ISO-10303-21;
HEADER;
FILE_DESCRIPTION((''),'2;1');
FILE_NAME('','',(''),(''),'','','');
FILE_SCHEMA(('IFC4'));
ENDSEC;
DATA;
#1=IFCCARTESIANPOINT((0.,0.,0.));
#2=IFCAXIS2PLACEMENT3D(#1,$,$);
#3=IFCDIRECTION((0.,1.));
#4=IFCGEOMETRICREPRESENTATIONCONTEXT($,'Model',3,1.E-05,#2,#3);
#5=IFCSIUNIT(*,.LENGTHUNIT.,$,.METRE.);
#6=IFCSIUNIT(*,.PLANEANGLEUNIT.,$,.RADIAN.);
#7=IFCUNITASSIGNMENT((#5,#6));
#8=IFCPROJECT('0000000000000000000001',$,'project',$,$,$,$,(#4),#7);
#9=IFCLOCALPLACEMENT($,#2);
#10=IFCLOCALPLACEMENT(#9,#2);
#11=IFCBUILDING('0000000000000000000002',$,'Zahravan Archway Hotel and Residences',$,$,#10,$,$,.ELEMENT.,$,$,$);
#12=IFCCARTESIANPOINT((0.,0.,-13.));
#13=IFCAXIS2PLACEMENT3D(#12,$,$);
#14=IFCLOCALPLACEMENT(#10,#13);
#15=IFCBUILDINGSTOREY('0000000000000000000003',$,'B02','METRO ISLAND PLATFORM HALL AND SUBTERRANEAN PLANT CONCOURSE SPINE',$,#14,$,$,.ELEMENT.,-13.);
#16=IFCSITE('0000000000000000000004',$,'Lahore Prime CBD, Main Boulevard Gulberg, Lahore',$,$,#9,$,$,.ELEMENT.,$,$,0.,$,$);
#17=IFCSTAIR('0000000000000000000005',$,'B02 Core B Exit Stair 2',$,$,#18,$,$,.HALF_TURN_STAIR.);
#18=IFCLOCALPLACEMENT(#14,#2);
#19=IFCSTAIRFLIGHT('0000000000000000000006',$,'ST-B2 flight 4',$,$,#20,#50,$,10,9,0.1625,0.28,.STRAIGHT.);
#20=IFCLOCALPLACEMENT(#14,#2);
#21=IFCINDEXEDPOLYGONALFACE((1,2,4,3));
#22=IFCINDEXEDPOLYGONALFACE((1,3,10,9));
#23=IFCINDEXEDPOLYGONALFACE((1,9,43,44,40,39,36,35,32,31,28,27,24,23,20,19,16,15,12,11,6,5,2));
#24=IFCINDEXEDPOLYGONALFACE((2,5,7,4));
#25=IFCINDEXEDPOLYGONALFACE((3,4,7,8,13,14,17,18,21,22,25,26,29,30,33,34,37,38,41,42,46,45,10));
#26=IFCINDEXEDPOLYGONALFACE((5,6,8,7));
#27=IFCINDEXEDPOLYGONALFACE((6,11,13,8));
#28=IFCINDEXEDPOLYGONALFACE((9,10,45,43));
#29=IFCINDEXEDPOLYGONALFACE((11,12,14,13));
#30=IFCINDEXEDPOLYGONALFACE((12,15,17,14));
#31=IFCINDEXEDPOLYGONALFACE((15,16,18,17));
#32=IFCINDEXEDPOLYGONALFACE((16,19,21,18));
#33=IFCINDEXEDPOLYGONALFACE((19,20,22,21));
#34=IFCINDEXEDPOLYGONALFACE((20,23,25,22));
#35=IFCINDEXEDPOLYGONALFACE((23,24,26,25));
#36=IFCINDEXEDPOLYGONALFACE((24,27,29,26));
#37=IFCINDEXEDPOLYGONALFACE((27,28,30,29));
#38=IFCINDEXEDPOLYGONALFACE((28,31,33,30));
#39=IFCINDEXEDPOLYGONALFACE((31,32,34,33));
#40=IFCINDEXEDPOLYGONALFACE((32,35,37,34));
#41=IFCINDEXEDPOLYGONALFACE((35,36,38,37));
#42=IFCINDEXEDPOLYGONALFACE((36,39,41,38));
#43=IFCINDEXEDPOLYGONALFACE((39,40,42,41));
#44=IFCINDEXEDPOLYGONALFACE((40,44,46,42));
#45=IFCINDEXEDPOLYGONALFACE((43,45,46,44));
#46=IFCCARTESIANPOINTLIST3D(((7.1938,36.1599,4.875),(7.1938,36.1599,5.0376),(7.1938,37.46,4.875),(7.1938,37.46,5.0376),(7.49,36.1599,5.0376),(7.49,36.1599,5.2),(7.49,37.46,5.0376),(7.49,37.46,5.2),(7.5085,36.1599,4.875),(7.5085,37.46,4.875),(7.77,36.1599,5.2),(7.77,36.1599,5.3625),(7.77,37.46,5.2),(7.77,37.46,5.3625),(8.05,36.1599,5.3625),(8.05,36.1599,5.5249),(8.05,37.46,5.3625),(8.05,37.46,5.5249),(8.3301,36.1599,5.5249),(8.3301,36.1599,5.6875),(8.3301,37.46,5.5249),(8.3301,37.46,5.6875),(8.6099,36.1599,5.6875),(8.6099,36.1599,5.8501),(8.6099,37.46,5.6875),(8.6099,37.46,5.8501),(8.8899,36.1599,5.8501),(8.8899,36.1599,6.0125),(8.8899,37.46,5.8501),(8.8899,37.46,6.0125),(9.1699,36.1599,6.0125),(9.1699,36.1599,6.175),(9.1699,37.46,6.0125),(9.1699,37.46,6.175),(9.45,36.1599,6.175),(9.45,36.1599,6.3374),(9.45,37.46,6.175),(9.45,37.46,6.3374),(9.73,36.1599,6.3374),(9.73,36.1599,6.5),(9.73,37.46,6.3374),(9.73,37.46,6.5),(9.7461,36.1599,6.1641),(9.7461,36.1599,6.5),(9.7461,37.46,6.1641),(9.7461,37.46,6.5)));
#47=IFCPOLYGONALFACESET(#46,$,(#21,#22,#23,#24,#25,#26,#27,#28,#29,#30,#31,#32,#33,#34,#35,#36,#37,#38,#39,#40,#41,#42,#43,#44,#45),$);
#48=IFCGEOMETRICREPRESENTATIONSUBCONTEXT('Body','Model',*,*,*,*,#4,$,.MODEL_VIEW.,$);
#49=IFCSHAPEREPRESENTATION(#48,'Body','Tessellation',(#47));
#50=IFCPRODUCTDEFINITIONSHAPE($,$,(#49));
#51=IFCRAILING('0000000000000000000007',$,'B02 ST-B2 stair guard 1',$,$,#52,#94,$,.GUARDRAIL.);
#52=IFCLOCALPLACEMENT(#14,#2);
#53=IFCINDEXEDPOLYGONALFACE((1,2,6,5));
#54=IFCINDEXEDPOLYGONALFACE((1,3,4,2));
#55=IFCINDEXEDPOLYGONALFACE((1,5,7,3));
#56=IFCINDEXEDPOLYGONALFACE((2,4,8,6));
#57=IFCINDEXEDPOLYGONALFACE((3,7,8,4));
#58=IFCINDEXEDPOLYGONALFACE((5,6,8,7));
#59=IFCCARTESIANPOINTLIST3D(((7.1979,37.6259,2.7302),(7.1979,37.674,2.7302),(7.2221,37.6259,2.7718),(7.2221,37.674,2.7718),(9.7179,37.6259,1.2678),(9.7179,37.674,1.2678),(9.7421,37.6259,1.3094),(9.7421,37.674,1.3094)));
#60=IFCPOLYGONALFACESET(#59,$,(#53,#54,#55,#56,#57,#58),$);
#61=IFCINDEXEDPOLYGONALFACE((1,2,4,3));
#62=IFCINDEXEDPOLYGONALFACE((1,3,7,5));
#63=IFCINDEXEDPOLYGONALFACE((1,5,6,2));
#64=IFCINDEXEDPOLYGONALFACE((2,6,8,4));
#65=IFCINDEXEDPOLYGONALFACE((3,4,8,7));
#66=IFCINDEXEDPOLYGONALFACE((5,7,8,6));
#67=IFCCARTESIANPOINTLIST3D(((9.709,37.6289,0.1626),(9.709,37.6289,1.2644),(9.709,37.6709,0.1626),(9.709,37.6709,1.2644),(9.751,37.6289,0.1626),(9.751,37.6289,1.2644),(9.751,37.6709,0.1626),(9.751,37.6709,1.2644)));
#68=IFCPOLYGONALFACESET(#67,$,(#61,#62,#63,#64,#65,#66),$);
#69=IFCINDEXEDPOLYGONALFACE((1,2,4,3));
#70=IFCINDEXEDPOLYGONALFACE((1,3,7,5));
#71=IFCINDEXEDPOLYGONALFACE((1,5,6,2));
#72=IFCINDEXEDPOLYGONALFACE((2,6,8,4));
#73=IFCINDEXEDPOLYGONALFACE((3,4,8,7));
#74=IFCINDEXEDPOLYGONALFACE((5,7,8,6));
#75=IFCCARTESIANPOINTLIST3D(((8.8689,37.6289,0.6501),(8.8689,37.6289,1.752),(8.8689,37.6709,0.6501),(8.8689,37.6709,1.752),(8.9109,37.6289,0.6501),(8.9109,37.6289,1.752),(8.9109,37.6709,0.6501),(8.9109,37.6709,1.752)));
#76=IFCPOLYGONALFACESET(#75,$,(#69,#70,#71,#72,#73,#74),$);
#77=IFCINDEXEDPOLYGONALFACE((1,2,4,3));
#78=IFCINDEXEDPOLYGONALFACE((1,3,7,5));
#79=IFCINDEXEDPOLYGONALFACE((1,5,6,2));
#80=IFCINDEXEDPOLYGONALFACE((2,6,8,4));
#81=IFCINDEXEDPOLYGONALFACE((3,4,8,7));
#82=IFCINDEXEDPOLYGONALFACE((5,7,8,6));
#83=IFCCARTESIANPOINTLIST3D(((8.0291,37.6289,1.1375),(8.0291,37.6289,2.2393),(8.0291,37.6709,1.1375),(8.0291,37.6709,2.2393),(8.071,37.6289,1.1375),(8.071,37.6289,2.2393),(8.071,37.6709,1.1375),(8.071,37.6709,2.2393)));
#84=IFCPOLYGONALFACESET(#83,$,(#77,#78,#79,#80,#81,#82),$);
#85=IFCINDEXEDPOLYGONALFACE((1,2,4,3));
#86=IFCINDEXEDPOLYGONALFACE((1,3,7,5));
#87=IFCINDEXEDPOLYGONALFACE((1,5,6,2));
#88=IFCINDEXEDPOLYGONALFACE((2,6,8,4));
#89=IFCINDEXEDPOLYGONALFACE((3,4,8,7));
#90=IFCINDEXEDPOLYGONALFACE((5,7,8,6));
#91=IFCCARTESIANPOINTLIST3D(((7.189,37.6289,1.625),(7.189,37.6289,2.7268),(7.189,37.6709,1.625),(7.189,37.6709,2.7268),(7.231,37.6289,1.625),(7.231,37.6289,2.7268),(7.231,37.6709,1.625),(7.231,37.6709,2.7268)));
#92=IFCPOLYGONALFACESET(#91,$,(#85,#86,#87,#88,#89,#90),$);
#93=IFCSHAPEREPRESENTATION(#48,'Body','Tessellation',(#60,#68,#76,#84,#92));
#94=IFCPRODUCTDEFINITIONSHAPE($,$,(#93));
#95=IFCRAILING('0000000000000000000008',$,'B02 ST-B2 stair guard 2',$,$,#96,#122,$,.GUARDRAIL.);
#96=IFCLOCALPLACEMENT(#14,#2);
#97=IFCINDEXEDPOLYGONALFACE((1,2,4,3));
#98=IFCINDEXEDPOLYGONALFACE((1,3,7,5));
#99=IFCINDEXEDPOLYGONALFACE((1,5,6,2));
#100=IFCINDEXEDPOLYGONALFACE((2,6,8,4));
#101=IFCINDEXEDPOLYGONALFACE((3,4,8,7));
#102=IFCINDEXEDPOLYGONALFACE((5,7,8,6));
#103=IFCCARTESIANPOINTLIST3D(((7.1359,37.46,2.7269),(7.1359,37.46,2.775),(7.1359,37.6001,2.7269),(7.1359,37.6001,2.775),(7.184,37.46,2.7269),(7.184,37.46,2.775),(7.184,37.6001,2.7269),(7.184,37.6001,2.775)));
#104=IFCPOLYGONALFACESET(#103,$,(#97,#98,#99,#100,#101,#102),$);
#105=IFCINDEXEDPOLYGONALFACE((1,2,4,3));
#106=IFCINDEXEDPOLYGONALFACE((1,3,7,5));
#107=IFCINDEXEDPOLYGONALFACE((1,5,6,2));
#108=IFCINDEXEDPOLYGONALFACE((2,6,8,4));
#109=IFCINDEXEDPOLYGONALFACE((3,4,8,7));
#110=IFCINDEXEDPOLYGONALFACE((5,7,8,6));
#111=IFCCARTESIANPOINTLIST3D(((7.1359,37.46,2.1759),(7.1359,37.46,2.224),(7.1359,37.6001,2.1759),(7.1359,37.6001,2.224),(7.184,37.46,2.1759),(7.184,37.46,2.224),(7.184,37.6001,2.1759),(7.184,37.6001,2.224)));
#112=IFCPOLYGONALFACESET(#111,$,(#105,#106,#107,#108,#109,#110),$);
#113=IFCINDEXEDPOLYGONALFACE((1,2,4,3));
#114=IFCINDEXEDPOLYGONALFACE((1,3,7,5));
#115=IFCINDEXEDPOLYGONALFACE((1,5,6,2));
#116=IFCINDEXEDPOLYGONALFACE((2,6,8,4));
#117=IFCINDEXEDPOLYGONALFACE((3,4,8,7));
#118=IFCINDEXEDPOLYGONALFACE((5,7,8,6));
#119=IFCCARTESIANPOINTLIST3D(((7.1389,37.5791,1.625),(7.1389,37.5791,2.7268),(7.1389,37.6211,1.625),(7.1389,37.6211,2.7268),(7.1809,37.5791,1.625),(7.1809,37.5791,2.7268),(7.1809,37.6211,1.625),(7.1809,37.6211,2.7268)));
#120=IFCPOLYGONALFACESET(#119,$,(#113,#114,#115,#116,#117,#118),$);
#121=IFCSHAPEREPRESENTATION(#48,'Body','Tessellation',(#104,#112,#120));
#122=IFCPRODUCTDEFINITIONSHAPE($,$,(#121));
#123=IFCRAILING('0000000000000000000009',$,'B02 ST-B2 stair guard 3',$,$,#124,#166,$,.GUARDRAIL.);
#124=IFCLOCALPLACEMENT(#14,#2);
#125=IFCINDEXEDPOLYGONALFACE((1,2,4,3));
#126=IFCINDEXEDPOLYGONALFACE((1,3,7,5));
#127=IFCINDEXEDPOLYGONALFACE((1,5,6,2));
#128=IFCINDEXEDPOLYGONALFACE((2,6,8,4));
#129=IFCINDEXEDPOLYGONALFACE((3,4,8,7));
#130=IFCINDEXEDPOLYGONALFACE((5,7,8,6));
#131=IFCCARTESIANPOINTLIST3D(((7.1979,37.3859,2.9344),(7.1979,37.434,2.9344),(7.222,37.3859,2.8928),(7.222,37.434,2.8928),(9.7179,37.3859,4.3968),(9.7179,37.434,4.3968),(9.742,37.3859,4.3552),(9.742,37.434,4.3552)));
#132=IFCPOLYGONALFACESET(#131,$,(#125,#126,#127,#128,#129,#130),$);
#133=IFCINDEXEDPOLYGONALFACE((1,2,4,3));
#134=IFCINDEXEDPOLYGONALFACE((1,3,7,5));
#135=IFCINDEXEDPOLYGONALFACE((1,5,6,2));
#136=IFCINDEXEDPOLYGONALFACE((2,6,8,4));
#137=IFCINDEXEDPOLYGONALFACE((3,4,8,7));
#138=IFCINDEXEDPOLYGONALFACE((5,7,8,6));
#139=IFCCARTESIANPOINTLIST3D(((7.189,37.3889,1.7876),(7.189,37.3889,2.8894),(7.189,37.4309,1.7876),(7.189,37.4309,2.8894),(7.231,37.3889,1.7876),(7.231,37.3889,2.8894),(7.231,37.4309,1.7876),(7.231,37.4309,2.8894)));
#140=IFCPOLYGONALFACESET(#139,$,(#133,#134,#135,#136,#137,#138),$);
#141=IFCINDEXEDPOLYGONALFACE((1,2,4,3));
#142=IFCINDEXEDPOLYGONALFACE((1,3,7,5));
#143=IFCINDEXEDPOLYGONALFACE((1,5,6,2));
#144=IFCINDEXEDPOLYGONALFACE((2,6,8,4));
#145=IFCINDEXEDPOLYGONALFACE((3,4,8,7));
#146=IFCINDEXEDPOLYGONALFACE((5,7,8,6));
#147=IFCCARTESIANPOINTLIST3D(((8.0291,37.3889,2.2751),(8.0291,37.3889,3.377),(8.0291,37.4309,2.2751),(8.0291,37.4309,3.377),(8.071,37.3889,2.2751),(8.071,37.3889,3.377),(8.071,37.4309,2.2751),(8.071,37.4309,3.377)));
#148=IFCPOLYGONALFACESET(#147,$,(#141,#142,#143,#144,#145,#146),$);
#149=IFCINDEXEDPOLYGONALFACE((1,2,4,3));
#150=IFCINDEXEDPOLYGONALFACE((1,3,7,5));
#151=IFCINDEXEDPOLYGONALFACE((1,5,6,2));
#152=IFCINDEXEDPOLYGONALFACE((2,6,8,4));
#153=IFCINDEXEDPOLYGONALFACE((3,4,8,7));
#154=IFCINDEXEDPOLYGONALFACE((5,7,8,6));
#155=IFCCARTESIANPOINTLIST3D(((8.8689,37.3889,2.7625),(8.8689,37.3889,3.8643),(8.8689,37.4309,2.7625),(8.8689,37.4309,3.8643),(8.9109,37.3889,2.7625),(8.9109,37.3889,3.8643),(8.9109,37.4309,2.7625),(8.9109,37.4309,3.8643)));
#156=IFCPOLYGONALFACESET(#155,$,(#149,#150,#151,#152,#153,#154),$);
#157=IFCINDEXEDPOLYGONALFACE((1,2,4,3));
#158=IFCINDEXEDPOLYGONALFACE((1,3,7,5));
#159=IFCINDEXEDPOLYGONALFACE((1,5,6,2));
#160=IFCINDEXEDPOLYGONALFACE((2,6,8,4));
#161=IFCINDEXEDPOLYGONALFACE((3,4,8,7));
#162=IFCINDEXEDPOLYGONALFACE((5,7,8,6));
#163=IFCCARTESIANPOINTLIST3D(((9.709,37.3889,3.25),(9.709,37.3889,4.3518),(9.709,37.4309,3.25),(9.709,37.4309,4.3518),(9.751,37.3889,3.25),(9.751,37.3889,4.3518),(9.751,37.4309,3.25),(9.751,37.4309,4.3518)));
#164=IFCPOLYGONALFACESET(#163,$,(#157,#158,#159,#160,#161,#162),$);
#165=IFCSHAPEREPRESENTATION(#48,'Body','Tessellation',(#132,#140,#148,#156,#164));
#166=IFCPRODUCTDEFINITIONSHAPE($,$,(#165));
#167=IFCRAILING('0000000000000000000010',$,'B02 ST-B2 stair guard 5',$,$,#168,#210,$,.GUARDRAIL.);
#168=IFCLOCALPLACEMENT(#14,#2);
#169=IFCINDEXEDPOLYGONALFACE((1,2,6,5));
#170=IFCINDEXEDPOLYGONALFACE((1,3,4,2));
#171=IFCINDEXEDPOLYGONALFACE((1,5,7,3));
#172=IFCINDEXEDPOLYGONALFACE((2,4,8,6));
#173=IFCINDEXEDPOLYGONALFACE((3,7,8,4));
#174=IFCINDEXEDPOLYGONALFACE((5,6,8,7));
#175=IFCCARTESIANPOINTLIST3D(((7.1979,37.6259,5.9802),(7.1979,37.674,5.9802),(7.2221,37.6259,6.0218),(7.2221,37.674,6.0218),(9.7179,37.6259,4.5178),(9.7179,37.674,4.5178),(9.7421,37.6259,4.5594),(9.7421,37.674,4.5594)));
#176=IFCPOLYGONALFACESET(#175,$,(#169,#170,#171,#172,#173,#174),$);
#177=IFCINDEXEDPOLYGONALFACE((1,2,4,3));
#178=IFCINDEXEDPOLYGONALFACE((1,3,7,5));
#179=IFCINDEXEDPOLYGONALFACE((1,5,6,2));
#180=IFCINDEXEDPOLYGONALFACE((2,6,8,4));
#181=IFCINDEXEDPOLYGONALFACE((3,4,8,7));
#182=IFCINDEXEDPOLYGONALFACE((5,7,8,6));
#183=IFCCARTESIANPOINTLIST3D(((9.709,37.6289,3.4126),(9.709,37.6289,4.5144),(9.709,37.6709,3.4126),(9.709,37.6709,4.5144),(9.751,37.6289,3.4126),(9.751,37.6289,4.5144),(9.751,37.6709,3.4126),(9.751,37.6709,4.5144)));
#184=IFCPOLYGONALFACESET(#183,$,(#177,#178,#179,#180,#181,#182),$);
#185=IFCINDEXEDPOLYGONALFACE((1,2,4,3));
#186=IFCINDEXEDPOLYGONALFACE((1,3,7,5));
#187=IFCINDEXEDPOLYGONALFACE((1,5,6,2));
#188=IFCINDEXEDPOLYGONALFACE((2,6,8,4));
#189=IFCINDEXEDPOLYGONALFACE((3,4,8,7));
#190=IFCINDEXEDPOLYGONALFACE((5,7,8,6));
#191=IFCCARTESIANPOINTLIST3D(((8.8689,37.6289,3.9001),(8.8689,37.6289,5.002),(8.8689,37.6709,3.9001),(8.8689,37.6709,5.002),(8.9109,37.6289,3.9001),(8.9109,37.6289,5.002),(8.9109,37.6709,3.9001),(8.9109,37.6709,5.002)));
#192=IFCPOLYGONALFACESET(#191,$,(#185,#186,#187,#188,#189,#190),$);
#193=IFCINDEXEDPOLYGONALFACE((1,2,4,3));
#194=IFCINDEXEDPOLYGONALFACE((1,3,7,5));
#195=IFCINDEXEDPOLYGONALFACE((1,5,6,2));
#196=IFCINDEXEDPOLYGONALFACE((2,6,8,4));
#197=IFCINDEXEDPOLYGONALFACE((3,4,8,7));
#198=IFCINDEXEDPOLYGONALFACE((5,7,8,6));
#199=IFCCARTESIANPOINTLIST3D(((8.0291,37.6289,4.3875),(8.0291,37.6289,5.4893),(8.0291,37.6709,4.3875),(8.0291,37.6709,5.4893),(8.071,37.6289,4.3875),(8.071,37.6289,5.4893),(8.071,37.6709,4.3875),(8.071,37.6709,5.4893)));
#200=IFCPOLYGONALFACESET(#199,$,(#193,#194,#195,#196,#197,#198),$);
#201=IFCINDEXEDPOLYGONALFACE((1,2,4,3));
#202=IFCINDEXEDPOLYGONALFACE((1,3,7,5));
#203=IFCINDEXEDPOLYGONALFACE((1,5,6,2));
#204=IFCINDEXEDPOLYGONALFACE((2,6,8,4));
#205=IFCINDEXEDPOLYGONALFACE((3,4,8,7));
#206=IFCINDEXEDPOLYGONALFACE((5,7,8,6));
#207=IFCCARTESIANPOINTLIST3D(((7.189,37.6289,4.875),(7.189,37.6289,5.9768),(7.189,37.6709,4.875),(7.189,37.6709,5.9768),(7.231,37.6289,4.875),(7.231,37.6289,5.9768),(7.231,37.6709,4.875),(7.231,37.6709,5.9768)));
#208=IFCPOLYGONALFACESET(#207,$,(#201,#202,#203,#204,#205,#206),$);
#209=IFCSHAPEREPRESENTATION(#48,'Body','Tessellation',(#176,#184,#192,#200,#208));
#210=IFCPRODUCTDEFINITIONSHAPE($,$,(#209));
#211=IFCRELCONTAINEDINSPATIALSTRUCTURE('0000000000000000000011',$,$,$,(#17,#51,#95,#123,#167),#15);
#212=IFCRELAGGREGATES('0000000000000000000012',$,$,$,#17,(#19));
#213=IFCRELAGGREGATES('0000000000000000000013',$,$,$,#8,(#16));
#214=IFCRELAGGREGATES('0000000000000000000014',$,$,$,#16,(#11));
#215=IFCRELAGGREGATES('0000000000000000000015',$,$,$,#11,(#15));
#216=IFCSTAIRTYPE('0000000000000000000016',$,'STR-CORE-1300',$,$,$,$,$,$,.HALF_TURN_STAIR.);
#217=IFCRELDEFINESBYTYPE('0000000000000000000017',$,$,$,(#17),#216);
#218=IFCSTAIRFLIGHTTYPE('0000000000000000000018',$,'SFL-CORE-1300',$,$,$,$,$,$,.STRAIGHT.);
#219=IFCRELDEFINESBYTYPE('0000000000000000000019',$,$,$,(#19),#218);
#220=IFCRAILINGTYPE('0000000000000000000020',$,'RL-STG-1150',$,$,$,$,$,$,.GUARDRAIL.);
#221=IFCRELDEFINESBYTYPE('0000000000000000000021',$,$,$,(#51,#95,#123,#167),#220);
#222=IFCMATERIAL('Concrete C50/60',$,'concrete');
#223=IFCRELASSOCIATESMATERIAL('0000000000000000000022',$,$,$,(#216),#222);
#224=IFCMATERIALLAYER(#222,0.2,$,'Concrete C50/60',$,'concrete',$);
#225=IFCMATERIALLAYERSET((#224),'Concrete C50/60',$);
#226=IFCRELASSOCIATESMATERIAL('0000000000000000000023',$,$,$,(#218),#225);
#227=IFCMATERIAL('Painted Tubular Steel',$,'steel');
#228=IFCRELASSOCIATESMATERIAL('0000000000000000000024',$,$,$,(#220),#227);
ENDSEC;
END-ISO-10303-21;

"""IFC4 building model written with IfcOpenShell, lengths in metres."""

from ifc_helpers import new_model, si_unit, direction, frame, origin, origin_2d, place, context, subcontext, project, spatial, polyline, rectangle, outline, extrude, source, transform, mapped, material, layer, layer_set, type_object, type_shapes, element, aggregate, save


model = new_model("IFC4")

# Units and contexts
model_context = context("Model", 3, precision=1e-05, world=origin(), true_north=direction((0.0, 1.0)))
body_context = subcontext(model_context, "Body", "Model", "MODEL_VIEW")
ifc_project = project(units=[si_unit("LENGTHUNIT", "METRE"), si_unit("PLANEANGLEUNIT", "RADIAN")], contexts=[model_context])

# Site, building, storey
site_placement = place(None, origin())
site = spatial("IfcSite", under=ifc_project, at=site_placement, Name="Lahore Prime CBD, Main Boulevard Gulberg, Lahore", CompositionType="ELEMENT", RefElevation=0.0)
building_placement = place(site_placement, origin())
building = spatial("IfcBuilding", under=site, at=building_placement, Name="Zahravan Archway Hotel and Residences", CompositionType="ELEMENT")
storey_placement = place(building_placement, frame((0.0, 0.0, -13.0)))
storey = spatial("IfcBuildingStorey", under=building, at=storey_placement, Name="B02", Description="METRO ISLAND PLATFORM HALL AND SUBTERRANEAN PLANT CONCOURSE SPINE", CompositionType="ELEMENT", Elevation=-13.0)

# Shared definitions
ifc_material_1 = material(Name="Concrete C50/60", Category="concrete")

# Stair, stair flight
stair_type = type_object("IfcStairType", Name="STR-CORE-1300", PredefinedType="HALF_TURN_STAIR", material=ifc_material_1)
stair_placement = place(storey_placement, origin())
stair = element("IfcStair", 1, at=stair_placement, inside=storey, type_object=stair_type, Name="B02 Core B Exit Stair 2", PredefinedType="HALF_TURN_STAIR")
ifc_layer_1 = layer(ifc_material_1, 0.2, Name="Concrete C50/60", Category="concrete")
ifc_layer_set_1 = layer_set([ifc_layer_1], Name="Concrete C50/60")
stair_flight_type = type_object("IfcStairFlightType", Name="SFL-CORE-1300", PredefinedType="STRAIGHT", material=ifc_layer_set_1)
shared_shape_1 = source(origin(), body_context, "Body", "SweptSolid", [
    extrude(outline(polyline([(-0.0161, 0.0), (-0.0161, 0.1626), (0.28, 0.1626), (0.28, 0.325), (0.5601, 0.325), (0.5601, 0.4875), (0.8401, 0.4875), (0.8401, 0.6499), (1.1201, 0.6499), (1.1201, 0.8125), (1.3999, 0.8125), (1.3999, 0.9751), (1.6799, 0.9751), (1.6799, 1.1375), (1.96, 1.1375), (1.96, 1.3), (2.24, 1.3), (2.24, 1.4624), (2.52, 1.4624), (2.52, 1.625), (2.5361, 1.625), (2.5361, 1.2891), (0.2986, 0.0), (-0.0161, 0.0)])), frame((0.0, 0.6499, 0.0), z_axis=(0.0, -1.0, 0.0), x_axis=(1.0, 0.0, 0.0)), (0.0, 0.0, 1.0), 1.3),
])
type_shapes(stair_flight_type, [shared_shape_1])
stair_flight_1_placement = place(storey_placement, frame((7.21, 36.8101, 4.875), z_axis=(0.0, 0.0, 1.0), x_axis=(1.0, 0.0, 0.0)))
stair_flight_1 = element("IfcStairFlight", 2, at=stair_flight_1_placement, type_object=stair_flight_type, Name="ST-B2 flight 4", NumberOfRisers=10, NumberOfTreads=9, PredefinedType="STRAIGHT", RiserHeight=0.1625, TreadLength=0.28, context=body_context, shape_type="MappedRepresentation", body=[
    mapped(shared_shape_1, transform((0.0, 0.0, 0.0), scale=1.0)),
])
aggregate(stair, [stair_flight_1])

# Railings
ifc_material_2 = material(Name="Painted Tubular Steel", Category="steel")
railing_type_1 = type_object("IfcRailingType", Name="RL-STG-1150", PredefinedType="GUARDRAIL", material=ifc_material_2)
railing_1_placement = place(storey_placement, frame((9.73, 37.6499, 0.1626)))
element("IfcRailing", 3, at=railing_1_placement, inside=storey, type_object=railing_type_1, Name="B02 ST-B2 stair guard 1", PredefinedType="GUARDRAIL", context=body_context, shape_type="SweptSolid", body=[
    extrude(rectangle(XDim=0.0481, YDim=0.0481, at=origin_2d()), frame((0.0, 0.0, 1.126), z_axis=(-0.864913, 0.0, 0.501921), x_axis=(0.0, -1.0, 0.0)), (0.0, 0.0, 1.0), 2.9136),
    extrude(rectangle(XDim=0.042, YDim=0.042, at=origin_2d()), origin(), (0.0, 0.0, 1.0), 1.1018),
    extrude(rectangle(XDim=0.042, YDim=0.042, at=origin_2d()), frame((-0.8401, 0.0, 0.4875)), (0.0, 0.0, 1.0), 1.1018),
    extrude(rectangle(XDim=0.042, YDim=0.042, at=origin_2d()), frame((-1.6799, 0.0, 0.9749)), (0.0, 0.0, 1.0), 1.1018),
    extrude(rectangle(XDim=0.042, YDim=0.042, at=origin_2d()), frame((-2.52, 0.0, 1.4624)), (0.0, 0.0, 1.0), 1.1018),
])
railing_2_placement = place(storey_placement, frame((7.1599, 37.6001, 1.625)))
element("IfcRailing", 4, at=railing_2_placement, inside=storey, type_object=railing_type_1, Name="B02 ST-B2 stair guard 2", PredefinedType="GUARDRAIL", context=body_context, shape_type="SweptSolid", body=[
    extrude(rectangle(XDim=0.0481, YDim=0.0481, at=origin_2d()), frame((0.0, 0.0, 1.126), z_axis=(0.0, -1.0, 0.0), x_axis=(1.0, 0.0, 0.0)), (0.0, 0.0, 1.0), 0.1401),
    extrude(rectangle(XDim=0.0481, YDim=0.0481, at=origin_2d()), frame((0.0, 0.0, 0.575), z_axis=(0.0, -1.0, 0.0), x_axis=(1.0, 0.0, 0.0)), (0.0, 0.0, 1.0), 0.1401),
    extrude(rectangle(XDim=0.042, YDim=0.042, at=origin_2d()), origin(), (0.0, 0.0, 1.0), 1.1018),
])
railing_3_placement = place(storey_placement, frame((7.21, 37.4099, 1.7876)))
element("IfcRailing", 5, at=railing_3_placement, inside=storey, type_object=railing_type_1, Name="B02 ST-B2 stair guard 3", PredefinedType="GUARDRAIL", context=body_context, shape_type="SweptSolid", body=[
    extrude(rectangle(XDim=0.0481, YDim=0.0481, at=origin_2d()), frame((0.0, 0.0, 1.126), z_axis=(0.864913, 0.0, 0.501921), x_axis=(0.0, 1.0, 0.0)), (0.0, 0.0, 1.0), 2.9136),
    extrude(rectangle(XDim=0.042, YDim=0.042, at=origin_2d()), origin(), (0.0, 0.0, 1.0), 1.1018),
    extrude(rectangle(XDim=0.042, YDim=0.042, at=origin_2d()), frame((0.8401, 0.0, 0.4875)), (0.0, 0.0, 1.0), 1.1018),
    extrude(rectangle(XDim=0.042, YDim=0.042, at=origin_2d()), frame((1.6799, 0.0, 0.9749)), (0.0, 0.0, 1.0), 1.1018),
    extrude(rectangle(XDim=0.042, YDim=0.042, at=origin_2d()), frame((2.52, 0.0, 1.4624)), (0.0, 0.0, 1.0), 1.1018),
])
railing_4_placement = place(storey_placement, frame((9.73, 37.6499, 3.4126)))
element("IfcRailing", 6, at=railing_4_placement, inside=storey, type_object=railing_type_1, Name="B02 ST-B2 stair guard 5", PredefinedType="GUARDRAIL", context=body_context, shape_type="SweptSolid", body=[
    extrude(rectangle(XDim=0.0481, YDim=0.0481, at=origin_2d()), frame((0.0, 0.0, 1.126), z_axis=(-0.864913, 0.0, 0.501921), x_axis=(0.0, -1.0, 0.0)), (0.0, 0.0, 1.0), 2.9136),
    extrude(rectangle(XDim=0.042, YDim=0.042, at=origin_2d()), origin(), (0.0, 0.0, 1.0), 1.1018),
    extrude(rectangle(XDim=0.042, YDim=0.042, at=origin_2d()), frame((-0.8401, 0.0, 0.4875)), (0.0, 0.0, 1.0), 1.1018),
    extrude(rectangle(XDim=0.042, YDim=0.042, at=origin_2d()), frame((-1.6799, 0.0, 0.9749)), (0.0, 0.0, 1.0), 1.1018),
    extrude(rectangle(XDim=0.042, YDim=0.042, at=origin_2d()), frame((-2.52, 0.0, 1.4624)), (0.0, 0.0, 1.0), 1.1018),
])

save(model, "model.ifc")
